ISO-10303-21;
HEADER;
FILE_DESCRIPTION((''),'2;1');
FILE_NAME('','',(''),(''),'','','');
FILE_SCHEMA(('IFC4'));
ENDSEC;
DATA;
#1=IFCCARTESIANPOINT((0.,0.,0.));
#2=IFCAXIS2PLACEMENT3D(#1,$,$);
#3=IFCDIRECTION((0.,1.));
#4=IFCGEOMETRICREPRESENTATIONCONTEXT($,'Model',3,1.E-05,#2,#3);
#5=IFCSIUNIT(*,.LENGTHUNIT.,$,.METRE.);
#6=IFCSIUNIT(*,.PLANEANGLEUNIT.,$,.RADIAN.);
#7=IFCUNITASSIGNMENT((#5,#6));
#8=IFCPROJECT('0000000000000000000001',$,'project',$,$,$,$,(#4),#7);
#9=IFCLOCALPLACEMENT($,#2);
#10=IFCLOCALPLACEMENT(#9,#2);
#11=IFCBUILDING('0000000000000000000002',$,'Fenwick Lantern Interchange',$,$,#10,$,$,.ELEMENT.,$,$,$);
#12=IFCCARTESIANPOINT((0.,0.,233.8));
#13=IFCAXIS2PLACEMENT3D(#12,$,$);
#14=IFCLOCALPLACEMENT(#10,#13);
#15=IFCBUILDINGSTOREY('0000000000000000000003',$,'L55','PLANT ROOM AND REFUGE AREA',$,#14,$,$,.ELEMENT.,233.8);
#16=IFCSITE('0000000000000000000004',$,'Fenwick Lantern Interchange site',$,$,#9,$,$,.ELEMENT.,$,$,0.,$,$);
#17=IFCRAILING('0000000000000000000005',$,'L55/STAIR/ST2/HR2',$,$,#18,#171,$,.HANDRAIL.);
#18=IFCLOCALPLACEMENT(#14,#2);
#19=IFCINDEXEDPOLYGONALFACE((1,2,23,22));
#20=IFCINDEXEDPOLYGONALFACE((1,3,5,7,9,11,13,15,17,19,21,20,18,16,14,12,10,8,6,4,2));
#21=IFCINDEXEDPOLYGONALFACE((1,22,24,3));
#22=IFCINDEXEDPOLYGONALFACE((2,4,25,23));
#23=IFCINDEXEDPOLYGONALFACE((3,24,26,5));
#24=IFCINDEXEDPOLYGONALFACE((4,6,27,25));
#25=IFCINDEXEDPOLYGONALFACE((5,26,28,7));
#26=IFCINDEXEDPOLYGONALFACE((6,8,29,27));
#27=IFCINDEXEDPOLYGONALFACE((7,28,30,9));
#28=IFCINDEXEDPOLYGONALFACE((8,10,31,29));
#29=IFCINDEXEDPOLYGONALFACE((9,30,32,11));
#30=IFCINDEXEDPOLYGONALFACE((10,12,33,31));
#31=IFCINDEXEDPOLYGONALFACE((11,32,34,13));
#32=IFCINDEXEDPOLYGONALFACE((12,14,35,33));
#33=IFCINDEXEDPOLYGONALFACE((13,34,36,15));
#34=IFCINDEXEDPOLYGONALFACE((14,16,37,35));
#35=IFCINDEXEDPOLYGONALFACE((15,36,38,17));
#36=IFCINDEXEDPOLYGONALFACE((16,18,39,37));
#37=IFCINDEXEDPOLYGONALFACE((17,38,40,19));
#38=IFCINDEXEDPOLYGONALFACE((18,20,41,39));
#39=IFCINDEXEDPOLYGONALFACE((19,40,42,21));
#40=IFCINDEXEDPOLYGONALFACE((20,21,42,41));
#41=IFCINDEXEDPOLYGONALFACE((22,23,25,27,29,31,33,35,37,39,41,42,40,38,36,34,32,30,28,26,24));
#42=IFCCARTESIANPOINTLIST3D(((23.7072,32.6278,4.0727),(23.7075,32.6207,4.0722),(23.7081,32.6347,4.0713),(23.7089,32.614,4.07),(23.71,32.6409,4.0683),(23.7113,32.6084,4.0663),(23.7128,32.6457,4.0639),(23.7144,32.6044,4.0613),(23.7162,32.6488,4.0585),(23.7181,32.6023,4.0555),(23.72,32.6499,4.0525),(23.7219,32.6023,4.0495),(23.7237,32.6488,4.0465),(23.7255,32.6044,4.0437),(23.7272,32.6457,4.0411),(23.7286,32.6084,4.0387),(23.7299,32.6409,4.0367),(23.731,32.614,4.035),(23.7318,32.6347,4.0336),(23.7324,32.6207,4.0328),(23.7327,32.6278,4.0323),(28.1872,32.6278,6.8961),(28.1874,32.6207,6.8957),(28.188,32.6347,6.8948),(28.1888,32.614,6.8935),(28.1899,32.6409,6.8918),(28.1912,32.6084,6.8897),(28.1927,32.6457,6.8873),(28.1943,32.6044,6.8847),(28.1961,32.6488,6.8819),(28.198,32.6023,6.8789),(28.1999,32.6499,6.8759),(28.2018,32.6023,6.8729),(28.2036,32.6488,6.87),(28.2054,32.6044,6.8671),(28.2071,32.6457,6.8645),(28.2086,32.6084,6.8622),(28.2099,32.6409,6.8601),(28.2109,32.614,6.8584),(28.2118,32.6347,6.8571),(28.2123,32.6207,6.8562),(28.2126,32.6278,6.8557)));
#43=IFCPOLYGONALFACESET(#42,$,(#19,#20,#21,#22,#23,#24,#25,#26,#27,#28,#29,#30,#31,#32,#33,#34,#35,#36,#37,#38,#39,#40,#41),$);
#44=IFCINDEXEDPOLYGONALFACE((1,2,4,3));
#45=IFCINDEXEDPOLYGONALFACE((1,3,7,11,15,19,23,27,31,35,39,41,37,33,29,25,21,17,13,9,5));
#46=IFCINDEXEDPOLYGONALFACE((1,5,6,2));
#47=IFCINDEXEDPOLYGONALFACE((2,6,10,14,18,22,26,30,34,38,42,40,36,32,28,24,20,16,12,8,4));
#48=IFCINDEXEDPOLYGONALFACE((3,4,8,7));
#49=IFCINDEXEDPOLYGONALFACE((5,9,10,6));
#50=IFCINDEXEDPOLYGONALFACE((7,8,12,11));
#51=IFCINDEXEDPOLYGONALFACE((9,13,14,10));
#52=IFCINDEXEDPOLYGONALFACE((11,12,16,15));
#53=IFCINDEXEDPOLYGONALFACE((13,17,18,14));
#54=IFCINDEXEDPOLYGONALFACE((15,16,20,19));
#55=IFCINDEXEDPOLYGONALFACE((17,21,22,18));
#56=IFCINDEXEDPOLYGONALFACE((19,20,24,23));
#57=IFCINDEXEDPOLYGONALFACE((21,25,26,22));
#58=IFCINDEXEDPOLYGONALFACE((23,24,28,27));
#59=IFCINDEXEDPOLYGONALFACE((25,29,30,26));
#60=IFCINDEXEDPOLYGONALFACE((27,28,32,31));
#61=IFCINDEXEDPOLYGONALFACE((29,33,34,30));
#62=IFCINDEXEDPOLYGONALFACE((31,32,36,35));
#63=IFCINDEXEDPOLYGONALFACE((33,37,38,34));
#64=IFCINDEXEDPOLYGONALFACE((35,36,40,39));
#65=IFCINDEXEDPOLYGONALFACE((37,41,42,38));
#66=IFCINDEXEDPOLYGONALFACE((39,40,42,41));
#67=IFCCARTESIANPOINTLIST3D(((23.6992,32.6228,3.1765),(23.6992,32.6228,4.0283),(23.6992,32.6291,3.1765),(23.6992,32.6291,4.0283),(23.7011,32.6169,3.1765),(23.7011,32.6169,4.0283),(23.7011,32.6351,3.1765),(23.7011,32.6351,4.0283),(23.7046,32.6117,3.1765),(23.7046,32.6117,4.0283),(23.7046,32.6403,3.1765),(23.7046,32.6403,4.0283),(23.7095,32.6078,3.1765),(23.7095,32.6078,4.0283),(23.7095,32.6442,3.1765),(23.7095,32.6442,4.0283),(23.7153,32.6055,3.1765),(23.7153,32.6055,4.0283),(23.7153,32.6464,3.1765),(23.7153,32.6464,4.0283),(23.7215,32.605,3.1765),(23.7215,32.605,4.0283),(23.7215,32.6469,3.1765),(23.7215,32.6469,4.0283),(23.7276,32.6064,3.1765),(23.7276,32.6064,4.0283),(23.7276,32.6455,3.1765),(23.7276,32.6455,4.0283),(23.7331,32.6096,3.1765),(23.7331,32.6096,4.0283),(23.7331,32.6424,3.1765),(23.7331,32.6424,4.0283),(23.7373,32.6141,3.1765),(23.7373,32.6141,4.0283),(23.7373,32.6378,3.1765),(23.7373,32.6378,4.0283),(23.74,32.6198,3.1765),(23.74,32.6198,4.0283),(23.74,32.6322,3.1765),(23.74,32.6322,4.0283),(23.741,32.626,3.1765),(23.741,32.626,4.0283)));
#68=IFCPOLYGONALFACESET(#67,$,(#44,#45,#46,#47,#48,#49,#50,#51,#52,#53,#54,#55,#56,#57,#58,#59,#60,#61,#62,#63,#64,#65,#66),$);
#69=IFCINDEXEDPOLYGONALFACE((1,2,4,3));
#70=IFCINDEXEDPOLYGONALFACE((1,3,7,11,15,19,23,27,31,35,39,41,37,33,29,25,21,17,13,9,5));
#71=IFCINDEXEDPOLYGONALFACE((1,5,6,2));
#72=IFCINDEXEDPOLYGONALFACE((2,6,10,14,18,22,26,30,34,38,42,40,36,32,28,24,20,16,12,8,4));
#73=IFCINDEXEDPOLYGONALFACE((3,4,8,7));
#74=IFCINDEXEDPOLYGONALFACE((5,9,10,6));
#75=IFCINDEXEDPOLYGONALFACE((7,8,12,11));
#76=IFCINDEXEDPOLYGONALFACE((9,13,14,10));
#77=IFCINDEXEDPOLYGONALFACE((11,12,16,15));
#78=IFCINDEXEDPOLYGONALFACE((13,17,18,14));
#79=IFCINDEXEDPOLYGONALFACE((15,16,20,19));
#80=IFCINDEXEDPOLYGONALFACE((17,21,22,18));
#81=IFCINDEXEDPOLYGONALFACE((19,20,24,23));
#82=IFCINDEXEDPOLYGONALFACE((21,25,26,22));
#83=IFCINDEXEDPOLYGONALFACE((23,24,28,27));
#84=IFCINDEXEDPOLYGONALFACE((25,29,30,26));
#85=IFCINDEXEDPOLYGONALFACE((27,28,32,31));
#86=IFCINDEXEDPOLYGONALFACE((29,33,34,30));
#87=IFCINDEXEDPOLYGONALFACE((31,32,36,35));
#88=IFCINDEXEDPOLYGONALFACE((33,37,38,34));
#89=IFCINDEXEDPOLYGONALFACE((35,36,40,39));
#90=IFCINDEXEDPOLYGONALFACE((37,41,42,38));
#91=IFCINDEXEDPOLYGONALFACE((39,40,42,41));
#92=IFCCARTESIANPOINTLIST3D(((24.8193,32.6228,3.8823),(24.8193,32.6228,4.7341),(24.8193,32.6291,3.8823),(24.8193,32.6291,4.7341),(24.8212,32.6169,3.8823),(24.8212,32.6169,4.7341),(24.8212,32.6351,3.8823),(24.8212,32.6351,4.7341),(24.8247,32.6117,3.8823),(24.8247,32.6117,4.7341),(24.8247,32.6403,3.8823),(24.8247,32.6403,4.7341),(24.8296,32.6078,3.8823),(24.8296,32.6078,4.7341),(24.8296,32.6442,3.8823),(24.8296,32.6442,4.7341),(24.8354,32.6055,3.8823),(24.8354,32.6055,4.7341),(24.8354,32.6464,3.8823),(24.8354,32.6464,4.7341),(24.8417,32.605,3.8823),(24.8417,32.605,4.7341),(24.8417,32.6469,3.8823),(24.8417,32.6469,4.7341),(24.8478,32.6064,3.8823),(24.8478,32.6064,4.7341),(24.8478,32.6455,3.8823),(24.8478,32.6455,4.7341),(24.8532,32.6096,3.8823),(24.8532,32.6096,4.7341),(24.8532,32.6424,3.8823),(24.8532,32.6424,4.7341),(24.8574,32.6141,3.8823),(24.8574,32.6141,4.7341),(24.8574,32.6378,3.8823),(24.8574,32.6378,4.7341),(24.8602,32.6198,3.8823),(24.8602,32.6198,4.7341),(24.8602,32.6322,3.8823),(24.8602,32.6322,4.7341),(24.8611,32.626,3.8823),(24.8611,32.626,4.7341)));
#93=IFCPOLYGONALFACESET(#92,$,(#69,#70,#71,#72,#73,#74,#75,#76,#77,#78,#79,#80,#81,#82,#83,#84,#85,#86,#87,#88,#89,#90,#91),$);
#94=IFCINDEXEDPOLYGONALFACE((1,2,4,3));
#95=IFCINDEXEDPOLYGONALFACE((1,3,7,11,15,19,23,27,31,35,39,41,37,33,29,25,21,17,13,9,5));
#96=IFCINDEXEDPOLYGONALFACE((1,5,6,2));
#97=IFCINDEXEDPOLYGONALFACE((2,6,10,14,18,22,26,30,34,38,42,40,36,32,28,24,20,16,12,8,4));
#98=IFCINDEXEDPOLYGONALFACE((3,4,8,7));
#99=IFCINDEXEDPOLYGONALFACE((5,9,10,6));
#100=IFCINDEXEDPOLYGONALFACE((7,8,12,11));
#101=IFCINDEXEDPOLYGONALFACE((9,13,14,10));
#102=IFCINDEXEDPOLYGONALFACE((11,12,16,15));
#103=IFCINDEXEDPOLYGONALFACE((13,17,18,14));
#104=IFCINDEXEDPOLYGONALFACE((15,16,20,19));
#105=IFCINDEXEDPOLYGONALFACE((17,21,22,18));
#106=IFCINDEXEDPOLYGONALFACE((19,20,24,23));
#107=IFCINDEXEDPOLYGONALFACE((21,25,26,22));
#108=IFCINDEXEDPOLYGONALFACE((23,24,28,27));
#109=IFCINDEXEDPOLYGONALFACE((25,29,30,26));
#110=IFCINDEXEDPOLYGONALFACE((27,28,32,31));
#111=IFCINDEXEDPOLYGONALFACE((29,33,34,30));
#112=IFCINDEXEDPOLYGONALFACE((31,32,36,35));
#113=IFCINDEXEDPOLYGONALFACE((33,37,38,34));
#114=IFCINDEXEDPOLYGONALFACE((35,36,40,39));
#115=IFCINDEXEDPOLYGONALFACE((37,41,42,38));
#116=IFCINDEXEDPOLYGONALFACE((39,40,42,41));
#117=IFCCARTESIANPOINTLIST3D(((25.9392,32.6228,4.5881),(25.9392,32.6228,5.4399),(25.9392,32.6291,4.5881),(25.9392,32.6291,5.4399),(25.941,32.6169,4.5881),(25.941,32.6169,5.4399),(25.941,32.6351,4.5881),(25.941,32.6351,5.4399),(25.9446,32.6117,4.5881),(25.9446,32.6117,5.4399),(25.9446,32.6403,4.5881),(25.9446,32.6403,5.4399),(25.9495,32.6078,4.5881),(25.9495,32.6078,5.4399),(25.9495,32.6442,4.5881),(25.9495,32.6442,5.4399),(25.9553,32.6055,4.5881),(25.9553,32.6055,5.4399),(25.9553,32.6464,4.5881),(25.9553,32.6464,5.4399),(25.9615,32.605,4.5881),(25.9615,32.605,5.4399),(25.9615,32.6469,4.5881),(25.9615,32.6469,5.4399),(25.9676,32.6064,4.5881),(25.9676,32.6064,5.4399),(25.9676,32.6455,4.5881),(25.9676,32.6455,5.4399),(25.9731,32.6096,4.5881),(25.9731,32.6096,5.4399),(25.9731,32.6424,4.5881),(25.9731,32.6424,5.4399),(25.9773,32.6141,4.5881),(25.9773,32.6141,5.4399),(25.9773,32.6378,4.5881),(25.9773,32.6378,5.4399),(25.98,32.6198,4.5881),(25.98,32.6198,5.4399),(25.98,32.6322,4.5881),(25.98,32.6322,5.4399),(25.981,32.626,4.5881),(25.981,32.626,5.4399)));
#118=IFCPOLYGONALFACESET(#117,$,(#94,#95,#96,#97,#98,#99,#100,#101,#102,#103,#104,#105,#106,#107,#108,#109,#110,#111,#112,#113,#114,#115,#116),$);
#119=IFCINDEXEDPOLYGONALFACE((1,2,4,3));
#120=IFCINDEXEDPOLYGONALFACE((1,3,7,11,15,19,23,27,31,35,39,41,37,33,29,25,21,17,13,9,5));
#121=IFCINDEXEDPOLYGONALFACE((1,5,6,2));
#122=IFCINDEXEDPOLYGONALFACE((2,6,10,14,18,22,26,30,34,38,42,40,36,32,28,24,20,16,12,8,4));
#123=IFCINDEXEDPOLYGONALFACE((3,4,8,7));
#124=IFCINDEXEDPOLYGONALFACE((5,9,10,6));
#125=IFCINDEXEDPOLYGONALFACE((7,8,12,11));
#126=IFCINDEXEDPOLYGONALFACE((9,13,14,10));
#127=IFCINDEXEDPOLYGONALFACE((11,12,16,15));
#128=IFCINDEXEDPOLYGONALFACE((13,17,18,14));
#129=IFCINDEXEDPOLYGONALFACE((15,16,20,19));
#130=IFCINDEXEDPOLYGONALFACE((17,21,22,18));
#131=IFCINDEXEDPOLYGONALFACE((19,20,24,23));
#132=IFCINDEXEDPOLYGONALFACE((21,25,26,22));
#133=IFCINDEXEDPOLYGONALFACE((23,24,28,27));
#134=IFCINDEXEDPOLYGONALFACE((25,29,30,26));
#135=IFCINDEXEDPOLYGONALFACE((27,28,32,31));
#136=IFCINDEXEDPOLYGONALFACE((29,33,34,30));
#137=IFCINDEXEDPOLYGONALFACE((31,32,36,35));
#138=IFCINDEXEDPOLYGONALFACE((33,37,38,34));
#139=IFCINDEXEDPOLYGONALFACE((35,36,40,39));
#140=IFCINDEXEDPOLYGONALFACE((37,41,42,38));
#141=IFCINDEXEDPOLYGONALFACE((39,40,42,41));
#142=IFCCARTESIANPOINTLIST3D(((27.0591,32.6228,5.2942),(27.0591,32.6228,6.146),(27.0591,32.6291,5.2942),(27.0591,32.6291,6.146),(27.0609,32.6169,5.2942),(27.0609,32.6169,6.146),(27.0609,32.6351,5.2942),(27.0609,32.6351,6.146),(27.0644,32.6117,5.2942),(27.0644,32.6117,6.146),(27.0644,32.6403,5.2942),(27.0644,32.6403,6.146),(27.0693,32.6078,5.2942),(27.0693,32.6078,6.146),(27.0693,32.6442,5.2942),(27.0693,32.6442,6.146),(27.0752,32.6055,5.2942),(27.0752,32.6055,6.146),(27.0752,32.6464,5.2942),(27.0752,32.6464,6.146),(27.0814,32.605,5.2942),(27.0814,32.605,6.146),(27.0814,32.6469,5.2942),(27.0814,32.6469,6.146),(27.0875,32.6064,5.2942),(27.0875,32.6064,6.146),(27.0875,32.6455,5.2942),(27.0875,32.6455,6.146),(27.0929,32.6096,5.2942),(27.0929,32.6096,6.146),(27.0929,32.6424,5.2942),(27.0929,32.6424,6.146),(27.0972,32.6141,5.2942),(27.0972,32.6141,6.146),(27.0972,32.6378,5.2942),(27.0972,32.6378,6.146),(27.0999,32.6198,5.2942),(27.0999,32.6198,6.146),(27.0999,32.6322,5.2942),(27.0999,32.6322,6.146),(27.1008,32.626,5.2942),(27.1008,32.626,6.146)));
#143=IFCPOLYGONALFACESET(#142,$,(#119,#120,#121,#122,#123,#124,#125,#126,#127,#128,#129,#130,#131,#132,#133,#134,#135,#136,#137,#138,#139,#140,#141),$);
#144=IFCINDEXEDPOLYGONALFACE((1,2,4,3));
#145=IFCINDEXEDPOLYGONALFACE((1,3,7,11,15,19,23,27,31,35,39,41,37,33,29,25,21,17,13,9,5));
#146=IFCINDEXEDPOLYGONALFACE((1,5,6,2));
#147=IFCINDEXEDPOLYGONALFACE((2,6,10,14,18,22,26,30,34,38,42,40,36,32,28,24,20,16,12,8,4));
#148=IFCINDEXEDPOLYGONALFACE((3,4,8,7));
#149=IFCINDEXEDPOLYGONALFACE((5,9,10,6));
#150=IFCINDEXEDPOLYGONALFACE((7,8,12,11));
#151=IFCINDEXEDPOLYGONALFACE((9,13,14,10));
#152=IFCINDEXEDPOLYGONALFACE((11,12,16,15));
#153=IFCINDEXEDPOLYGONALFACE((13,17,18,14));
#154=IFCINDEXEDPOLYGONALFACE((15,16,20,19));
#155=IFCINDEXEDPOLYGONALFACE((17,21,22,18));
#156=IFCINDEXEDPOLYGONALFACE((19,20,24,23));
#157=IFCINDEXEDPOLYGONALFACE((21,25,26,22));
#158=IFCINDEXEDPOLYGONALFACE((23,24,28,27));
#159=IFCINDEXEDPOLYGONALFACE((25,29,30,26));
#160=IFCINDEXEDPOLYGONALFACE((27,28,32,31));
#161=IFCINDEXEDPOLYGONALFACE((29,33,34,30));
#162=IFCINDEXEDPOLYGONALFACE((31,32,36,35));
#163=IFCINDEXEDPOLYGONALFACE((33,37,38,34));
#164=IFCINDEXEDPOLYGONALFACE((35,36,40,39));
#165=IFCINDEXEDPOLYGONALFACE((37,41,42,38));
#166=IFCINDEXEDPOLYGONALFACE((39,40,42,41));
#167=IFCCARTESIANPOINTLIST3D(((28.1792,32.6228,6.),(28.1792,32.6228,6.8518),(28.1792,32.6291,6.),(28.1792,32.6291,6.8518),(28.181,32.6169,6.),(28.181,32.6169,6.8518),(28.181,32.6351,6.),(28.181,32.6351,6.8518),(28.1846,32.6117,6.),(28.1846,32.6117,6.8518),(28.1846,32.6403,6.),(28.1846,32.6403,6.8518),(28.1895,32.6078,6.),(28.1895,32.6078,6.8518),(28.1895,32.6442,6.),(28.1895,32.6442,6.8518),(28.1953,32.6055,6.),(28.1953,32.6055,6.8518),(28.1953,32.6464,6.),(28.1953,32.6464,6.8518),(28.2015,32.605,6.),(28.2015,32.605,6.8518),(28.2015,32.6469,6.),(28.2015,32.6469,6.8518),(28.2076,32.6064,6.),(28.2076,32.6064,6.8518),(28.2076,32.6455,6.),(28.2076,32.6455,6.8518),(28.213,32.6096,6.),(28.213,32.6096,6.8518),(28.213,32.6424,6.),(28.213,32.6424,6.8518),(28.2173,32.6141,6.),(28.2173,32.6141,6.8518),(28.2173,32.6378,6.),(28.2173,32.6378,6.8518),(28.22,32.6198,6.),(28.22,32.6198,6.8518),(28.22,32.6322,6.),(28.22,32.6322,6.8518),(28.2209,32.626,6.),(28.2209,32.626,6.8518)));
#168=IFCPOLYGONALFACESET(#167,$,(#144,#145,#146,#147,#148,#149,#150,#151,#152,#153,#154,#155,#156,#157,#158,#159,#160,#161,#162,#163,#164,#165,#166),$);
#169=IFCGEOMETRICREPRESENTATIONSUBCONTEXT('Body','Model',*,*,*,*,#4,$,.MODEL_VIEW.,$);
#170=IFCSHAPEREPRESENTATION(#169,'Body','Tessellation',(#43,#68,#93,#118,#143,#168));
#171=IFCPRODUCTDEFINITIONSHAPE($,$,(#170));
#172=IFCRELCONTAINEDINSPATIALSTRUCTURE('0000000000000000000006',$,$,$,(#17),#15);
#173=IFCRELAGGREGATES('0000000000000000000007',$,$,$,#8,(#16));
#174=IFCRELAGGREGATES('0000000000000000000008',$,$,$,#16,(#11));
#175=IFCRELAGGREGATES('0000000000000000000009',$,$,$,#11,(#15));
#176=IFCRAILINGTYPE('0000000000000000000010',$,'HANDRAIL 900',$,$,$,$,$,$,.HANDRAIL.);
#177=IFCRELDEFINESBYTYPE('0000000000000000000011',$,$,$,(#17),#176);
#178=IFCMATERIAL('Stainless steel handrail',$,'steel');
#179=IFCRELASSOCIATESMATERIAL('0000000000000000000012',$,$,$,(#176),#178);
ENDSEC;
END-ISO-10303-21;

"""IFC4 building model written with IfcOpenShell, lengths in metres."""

from ifc_helpers import new_model, si_unit, direction, frame, origin, origin_2d, place, context, subcontext, project, spatial, circle, extrude, material, type_object, element, save


model = new_model("IFC4")

# Units and contexts
model_context = context("Model", 3, precision=1e-05, world=origin(), true_north=direction((0.0, 1.0)))
body_context = subcontext(model_context, "Body", "Model", "MODEL_VIEW")
ifc_project = project(units=[si_unit("LENGTHUNIT", "METRE"), si_unit("PLANEANGLEUNIT", "RADIAN")], contexts=[model_context])

# Site, building, storey
site_placement = place(None, origin())
site = spatial("IfcSite", under=ifc_project, at=site_placement, Name="Fenwick Lantern Interchange site", CompositionType="ELEMENT", RefElevation=0.0)
building_placement = place(site_placement, origin())
building = spatial("IfcBuilding", under=site, at=building_placement, Name="Fenwick Lantern Interchange", CompositionType="ELEMENT")
storey_placement = place(building_placement, frame((0.0, 0.0, 233.8)))
storey = spatial("IfcBuildingStorey", under=building, at=storey_placement, Name="L55", Description="PLANT ROOM AND REFUGE AREA", CompositionType="ELEMENT", Elevation=233.8)

# Railing
ifc_material_1 = material(Name="Stainless steel handrail", Category="steel")
railing_type = type_object("IfcRailingType", Name="HANDRAIL 900", PredefinedType="HANDRAIL", material=ifc_material_1)
railing_1_placement = place(storey_placement, frame((23.72, 32.626, 3.1765)))
element("IfcRailing", 1, at=railing_1_placement, inside=storey, type_object=railing_type, Name="L55/STAIR/ST2/HR2", PredefinedType="HANDRAIL", context=body_context, shape_type="SweptSolid", body=[
    extrude(circle(Radius=0.0239, at=origin_2d()), frame((0.0, 0.0, 0.876), z_axis=(0.845998, 0.0, 0.533186), x_axis=(0.0, 1.0, 0.0)), (0.0, 0.0, 1.0), 5.2954),
    extrude(circle(Radius=0.021, at=origin_2d()), origin(), (0.0, 0.0, 1.0), 0.8518),
    extrude(circle(Radius=0.021, at=origin_2d()), frame((1.1201, 0.0, 0.7058)), (0.0, 0.0, 1.0), 0.8518),
    extrude(circle(Radius=0.021, at=origin_2d()), frame((2.24, 0.0, 1.4116)), (0.0, 0.0, 1.0), 0.8518),
    extrude(circle(Radius=0.021, at=origin_2d()), frame((3.3599, 0.0, 2.1177)), (0.0, 0.0, 1.0), 0.8518),
    extrude(circle(Radius=0.021, at=origin_2d()), frame((4.48, 0.0, 2.8235)), (0.0, 0.0, 1.0), 0.8518),
])

save(model, "model.ifc")
